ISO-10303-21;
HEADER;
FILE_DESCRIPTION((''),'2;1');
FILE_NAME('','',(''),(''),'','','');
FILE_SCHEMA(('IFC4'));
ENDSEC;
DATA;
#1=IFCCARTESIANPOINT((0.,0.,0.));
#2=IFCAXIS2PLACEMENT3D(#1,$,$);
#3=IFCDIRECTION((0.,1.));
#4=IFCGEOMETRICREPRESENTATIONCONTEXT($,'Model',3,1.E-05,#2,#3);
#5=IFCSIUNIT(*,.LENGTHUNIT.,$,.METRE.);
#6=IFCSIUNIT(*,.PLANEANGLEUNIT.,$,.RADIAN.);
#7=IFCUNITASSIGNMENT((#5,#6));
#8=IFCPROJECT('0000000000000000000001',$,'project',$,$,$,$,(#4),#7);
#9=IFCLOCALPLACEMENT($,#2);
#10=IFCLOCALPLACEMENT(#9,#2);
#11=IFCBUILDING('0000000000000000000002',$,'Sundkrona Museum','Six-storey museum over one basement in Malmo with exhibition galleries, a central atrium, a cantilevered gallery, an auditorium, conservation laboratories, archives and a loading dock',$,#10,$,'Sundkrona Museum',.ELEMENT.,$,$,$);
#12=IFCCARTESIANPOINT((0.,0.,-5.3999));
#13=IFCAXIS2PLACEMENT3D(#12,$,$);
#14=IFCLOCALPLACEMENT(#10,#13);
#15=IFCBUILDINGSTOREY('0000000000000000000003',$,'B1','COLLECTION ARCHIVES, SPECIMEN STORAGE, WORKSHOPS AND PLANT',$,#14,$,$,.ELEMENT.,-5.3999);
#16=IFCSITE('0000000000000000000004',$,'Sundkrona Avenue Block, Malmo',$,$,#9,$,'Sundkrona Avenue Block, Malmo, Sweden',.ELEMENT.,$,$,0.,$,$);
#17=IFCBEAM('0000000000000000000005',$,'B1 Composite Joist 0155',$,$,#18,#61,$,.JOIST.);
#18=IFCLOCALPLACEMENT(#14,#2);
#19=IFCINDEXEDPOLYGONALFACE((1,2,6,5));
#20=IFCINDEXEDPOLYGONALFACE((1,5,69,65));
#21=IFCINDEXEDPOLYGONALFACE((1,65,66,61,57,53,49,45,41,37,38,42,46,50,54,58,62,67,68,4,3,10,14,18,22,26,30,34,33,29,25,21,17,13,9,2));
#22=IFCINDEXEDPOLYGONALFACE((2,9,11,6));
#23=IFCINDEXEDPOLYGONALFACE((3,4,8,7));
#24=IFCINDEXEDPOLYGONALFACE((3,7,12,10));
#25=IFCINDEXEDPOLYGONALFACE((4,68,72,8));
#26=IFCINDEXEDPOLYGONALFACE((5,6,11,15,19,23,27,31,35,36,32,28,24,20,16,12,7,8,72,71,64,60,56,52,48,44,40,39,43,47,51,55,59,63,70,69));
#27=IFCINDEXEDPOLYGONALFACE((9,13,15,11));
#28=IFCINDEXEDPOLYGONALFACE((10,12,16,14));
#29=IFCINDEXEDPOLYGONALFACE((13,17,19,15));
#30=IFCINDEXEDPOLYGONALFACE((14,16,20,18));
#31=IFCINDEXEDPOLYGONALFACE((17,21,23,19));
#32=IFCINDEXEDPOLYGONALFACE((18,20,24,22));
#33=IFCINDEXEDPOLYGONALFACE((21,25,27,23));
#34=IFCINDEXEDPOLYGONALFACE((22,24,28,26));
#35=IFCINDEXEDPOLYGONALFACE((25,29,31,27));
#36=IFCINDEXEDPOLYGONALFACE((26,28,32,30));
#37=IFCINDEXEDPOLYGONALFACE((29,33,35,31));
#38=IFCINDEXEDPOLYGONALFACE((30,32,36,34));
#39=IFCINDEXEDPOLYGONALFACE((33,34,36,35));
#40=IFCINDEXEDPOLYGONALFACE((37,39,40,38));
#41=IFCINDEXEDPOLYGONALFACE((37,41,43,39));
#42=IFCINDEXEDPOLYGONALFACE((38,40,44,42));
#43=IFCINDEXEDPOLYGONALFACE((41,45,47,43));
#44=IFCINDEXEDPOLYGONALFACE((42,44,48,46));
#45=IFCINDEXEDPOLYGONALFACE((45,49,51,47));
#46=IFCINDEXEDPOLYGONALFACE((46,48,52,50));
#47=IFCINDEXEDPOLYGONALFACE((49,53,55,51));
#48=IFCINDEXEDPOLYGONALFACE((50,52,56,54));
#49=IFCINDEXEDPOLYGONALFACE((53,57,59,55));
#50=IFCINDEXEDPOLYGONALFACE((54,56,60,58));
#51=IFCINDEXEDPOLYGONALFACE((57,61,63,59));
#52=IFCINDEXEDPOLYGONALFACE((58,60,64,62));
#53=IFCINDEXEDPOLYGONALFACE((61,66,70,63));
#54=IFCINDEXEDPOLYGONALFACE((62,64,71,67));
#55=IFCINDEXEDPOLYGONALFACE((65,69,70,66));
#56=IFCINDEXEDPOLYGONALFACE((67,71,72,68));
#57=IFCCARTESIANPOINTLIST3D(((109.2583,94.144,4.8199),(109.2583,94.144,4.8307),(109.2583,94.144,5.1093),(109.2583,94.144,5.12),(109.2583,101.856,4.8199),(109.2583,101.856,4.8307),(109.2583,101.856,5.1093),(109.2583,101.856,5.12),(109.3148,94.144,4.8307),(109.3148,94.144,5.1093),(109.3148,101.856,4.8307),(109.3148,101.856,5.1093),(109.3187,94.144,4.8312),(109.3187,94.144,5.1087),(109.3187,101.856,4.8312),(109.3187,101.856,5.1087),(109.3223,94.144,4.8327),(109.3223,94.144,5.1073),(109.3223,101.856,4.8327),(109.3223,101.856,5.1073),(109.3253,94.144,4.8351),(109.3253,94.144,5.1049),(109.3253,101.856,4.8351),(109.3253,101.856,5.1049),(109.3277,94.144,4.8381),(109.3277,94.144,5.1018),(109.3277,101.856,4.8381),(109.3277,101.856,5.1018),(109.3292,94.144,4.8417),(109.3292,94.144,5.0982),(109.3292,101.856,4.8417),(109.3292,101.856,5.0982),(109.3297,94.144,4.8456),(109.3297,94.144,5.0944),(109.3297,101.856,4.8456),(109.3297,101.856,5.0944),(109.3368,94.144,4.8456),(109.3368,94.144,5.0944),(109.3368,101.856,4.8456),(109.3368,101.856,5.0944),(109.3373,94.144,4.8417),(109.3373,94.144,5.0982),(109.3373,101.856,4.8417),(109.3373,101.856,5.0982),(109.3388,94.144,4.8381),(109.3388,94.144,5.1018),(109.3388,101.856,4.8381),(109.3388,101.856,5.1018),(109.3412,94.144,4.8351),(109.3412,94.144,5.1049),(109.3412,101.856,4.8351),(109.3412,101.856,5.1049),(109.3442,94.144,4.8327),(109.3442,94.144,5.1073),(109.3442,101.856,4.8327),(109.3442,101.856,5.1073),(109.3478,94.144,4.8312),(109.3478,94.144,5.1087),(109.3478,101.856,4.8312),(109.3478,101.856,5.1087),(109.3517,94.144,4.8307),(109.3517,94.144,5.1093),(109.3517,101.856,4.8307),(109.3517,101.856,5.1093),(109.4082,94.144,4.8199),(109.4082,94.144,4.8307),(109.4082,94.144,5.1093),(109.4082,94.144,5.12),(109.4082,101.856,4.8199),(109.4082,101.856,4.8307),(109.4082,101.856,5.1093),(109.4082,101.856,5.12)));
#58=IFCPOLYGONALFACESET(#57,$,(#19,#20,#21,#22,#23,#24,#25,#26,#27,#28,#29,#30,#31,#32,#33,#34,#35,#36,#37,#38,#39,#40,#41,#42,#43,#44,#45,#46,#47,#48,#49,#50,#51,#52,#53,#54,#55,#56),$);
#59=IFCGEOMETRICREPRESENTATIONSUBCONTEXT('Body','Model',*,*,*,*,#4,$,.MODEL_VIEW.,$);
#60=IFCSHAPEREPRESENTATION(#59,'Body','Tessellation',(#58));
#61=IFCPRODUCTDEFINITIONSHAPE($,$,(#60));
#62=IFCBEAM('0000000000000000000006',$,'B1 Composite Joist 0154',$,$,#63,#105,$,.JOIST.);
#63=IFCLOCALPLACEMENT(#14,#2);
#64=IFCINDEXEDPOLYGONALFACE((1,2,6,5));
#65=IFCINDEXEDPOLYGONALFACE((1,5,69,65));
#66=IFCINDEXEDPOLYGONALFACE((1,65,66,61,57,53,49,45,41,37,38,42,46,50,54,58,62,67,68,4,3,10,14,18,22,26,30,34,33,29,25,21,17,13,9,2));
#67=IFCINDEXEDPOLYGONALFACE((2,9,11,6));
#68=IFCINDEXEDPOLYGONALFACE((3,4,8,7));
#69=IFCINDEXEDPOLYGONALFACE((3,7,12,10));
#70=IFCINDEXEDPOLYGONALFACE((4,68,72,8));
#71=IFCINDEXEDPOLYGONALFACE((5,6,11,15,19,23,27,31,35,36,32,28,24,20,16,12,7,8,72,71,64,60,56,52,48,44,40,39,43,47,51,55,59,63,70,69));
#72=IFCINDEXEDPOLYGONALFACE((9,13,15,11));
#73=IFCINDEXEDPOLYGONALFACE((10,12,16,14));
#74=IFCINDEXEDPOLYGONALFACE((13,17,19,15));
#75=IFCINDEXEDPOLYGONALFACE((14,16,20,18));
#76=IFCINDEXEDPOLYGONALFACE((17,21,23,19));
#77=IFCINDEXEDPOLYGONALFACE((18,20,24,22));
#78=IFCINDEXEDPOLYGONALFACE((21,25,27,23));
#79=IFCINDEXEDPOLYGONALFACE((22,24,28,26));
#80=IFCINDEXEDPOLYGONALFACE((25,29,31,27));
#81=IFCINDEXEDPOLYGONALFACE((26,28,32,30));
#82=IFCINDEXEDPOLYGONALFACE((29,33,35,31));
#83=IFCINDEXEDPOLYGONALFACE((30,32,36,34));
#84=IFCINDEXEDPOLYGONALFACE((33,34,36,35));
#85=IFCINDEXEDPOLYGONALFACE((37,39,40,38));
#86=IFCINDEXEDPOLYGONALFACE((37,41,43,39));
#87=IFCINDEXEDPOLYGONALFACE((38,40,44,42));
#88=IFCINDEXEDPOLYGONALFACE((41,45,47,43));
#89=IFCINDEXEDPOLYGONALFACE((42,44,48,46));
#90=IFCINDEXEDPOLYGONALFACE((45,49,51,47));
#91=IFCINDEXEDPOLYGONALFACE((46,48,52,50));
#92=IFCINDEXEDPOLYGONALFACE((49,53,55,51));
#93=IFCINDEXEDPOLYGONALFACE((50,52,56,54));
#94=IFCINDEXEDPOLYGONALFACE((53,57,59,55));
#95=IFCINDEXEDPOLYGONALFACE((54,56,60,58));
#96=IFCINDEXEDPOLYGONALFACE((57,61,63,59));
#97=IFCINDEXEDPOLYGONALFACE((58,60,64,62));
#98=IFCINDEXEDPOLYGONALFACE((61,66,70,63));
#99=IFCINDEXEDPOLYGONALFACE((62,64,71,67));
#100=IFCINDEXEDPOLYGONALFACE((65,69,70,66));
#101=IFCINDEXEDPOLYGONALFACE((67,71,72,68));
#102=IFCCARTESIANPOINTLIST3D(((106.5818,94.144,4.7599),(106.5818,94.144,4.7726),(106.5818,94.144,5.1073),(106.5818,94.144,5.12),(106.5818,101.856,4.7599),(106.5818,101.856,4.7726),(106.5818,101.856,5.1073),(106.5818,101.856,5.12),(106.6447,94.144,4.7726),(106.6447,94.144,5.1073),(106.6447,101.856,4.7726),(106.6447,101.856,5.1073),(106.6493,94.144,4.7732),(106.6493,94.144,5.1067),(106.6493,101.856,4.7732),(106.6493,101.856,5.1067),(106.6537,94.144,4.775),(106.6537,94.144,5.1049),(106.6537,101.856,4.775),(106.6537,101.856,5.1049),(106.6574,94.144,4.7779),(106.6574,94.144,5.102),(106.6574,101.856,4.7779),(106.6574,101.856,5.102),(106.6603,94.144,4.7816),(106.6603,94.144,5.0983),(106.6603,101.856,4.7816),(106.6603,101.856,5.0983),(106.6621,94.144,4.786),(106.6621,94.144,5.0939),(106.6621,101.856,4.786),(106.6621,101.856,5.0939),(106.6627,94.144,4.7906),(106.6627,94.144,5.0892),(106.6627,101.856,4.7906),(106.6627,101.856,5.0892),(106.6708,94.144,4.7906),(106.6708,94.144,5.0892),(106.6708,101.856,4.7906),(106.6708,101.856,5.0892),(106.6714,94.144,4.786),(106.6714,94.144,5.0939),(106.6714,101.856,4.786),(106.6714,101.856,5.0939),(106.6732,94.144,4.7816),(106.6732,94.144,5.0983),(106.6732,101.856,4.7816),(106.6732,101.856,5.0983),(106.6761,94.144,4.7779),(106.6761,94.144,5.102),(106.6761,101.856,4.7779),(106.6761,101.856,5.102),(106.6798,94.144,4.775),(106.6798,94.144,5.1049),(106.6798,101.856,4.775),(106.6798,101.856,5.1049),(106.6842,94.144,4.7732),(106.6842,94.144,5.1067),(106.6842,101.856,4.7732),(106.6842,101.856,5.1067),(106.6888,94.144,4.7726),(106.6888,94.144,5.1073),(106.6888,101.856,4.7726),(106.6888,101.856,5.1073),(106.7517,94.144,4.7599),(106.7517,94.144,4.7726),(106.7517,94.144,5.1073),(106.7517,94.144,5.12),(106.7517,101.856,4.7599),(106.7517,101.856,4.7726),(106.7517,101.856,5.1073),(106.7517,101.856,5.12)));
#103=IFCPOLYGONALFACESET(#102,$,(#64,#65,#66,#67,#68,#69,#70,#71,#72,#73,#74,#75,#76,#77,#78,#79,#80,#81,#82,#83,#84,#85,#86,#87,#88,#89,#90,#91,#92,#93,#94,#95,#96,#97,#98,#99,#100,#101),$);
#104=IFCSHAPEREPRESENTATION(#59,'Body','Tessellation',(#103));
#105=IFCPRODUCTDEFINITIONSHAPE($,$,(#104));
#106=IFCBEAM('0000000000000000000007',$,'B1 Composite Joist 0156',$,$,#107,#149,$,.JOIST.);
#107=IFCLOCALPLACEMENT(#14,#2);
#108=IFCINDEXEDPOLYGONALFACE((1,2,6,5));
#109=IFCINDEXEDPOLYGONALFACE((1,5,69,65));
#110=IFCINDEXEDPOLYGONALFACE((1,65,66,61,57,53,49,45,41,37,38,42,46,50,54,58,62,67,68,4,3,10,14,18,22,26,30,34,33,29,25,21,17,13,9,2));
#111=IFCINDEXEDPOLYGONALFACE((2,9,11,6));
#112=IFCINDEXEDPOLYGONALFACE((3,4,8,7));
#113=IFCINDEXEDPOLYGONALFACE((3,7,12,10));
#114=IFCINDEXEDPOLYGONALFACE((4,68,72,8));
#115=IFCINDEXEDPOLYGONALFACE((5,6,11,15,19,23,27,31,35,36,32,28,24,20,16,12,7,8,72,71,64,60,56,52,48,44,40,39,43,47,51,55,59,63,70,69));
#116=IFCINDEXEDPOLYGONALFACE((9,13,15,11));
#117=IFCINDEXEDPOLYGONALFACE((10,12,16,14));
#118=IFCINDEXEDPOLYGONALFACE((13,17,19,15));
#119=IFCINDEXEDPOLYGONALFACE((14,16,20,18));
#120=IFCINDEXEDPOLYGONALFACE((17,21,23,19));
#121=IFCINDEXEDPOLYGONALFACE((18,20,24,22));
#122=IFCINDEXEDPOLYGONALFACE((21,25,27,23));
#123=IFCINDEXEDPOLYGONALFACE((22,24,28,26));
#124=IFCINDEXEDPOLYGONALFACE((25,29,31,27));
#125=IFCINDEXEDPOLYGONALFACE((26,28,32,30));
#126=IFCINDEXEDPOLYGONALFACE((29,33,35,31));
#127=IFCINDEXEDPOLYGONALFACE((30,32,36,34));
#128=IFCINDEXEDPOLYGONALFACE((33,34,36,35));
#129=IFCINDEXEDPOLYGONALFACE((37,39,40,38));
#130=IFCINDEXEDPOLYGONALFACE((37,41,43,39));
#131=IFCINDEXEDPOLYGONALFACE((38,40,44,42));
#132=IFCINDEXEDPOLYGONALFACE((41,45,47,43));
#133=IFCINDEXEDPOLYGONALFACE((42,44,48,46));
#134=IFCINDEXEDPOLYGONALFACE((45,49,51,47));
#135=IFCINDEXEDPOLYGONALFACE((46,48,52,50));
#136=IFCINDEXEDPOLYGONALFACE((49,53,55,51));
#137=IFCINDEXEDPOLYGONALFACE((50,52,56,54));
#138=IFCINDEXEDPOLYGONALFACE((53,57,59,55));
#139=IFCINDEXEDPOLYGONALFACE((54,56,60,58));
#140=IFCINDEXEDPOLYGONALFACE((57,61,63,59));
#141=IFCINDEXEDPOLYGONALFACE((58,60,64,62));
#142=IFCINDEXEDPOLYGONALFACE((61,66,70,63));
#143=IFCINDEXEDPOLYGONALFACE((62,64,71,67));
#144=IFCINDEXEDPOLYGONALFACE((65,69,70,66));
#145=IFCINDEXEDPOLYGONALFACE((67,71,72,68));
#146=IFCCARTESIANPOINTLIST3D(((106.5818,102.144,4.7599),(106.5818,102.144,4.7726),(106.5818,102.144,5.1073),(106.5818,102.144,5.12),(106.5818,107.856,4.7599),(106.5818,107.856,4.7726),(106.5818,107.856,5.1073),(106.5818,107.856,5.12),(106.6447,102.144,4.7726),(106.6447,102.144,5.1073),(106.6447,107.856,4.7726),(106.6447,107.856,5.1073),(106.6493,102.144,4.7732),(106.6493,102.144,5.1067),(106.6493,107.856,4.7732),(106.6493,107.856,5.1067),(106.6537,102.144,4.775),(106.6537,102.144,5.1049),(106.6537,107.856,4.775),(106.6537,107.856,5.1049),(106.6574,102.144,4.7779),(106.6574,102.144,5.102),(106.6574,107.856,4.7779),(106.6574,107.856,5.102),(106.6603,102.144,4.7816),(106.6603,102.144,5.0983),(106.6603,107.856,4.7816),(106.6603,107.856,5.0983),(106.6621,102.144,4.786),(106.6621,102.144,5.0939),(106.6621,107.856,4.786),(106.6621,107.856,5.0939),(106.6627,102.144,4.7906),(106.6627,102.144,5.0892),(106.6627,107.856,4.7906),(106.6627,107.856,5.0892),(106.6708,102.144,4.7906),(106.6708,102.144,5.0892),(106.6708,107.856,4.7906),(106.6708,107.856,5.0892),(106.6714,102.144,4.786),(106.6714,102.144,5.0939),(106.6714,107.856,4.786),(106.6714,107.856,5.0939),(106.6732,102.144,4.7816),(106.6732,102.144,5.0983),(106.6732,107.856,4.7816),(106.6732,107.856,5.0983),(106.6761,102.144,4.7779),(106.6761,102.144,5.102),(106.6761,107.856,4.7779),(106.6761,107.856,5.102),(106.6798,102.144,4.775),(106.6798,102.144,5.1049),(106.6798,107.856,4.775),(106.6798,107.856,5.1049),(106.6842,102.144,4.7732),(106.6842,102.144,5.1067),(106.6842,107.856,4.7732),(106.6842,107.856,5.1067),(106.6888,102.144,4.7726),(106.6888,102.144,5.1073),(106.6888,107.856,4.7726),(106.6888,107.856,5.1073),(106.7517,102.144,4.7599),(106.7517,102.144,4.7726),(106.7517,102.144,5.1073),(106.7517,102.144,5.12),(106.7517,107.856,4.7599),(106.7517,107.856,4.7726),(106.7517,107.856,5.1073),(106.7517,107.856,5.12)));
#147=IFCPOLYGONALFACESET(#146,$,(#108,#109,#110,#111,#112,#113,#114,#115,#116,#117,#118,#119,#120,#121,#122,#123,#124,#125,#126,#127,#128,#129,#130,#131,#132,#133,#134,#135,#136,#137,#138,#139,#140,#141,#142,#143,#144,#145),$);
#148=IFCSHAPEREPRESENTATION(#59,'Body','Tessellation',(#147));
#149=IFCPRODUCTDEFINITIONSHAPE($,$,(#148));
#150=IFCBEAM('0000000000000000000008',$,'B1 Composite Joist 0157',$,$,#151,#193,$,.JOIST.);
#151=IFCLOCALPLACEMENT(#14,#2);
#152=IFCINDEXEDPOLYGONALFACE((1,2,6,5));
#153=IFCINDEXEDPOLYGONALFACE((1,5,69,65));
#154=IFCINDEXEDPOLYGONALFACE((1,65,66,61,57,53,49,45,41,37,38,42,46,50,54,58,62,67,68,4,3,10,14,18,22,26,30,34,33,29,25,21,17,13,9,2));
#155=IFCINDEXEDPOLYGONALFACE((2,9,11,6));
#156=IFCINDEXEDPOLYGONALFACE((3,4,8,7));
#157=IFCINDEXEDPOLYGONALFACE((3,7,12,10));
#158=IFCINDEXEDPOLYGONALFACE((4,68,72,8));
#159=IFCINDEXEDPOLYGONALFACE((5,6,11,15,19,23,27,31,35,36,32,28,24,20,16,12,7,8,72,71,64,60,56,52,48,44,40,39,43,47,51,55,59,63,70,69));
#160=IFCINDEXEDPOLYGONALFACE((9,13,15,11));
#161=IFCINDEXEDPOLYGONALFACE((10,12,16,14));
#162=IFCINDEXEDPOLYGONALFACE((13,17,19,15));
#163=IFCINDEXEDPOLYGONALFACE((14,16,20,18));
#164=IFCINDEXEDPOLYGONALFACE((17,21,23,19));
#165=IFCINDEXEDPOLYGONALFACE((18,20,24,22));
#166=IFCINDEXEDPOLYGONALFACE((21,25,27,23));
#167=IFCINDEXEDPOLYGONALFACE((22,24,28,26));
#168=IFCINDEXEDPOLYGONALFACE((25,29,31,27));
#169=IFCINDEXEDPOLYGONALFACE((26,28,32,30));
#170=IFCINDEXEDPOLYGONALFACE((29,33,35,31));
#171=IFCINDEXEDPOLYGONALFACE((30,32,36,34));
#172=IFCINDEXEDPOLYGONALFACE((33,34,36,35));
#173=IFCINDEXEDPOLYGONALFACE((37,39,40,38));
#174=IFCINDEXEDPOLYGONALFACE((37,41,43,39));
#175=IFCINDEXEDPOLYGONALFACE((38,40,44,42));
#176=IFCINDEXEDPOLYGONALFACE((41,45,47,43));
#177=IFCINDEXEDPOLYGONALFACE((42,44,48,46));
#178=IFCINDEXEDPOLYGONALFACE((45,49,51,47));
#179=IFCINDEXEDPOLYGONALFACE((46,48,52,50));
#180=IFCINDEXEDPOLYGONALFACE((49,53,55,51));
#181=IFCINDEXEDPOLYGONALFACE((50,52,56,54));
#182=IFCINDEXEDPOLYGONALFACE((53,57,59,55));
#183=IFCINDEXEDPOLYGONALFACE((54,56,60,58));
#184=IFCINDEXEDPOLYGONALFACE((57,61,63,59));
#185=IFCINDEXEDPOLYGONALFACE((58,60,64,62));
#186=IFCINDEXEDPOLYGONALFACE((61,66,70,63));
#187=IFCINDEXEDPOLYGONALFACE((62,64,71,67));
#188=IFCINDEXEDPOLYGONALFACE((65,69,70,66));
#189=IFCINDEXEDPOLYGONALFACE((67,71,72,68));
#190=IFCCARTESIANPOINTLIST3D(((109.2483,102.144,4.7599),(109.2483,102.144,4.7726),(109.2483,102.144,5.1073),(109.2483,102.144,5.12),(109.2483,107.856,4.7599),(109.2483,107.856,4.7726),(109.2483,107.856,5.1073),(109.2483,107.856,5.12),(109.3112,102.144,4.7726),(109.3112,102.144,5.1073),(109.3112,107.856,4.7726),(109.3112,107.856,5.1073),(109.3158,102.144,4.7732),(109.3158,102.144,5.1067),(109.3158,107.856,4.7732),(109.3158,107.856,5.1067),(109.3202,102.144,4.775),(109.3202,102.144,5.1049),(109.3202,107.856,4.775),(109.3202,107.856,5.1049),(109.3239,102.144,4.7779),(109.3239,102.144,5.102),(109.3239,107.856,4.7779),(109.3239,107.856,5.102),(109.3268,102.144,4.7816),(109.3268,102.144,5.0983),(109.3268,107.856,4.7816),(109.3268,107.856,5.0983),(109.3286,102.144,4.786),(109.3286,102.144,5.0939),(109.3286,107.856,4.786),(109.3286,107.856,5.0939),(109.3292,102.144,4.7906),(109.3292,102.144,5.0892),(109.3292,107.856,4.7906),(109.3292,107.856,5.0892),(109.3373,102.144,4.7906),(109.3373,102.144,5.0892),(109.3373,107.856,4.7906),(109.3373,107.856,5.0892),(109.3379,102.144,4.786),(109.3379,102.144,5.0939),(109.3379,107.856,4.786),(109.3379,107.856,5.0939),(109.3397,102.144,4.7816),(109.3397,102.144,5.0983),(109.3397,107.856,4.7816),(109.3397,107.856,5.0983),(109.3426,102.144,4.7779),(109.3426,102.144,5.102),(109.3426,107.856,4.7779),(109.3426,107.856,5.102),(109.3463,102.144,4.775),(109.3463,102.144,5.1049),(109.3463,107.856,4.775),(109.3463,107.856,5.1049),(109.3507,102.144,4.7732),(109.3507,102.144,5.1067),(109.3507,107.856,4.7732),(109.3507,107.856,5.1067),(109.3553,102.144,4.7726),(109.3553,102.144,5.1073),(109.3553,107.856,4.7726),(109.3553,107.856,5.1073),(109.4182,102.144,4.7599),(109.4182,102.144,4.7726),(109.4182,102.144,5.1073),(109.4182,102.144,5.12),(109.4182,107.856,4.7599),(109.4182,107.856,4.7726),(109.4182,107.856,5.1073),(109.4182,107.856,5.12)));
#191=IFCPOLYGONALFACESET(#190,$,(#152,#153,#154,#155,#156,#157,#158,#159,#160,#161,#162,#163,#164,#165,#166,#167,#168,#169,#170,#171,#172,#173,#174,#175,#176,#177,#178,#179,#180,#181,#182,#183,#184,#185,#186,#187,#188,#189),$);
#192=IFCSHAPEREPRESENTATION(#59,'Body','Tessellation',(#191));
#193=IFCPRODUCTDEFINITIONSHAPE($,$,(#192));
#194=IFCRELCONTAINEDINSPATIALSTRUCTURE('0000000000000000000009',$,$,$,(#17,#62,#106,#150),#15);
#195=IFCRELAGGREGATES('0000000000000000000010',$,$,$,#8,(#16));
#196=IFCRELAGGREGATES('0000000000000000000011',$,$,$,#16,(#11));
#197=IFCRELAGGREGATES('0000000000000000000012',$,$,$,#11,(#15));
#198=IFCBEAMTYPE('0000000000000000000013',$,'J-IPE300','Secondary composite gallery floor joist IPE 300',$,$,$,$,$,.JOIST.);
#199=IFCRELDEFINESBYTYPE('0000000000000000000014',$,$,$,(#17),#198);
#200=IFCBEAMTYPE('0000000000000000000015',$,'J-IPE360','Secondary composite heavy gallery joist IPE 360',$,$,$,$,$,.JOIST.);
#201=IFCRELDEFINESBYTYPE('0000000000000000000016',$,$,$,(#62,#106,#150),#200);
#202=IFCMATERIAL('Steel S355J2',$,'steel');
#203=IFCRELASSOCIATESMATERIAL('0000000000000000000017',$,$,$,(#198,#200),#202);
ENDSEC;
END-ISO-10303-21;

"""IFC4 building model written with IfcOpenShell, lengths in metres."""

from ifc_helpers import new_model, si_unit, direction, frame, origin, origin_2d, place, context, subcontext, project, spatial, i_section, extrude, material, material_profile, profile_set, type_object, element, save


model = new_model("IFC4")

# Units and contexts
model_context = context("Model", 3, precision=1e-05, world=origin(), true_north=direction((0.0, 1.0)))
body_context = subcontext(model_context, "Body", "Model", "MODEL_VIEW")
ifc_project = project(units=[si_unit("LENGTHUNIT", "METRE"), si_unit("PLANEANGLEUNIT", "RADIAN")], contexts=[model_context])

# Site, building, storey
site_placement = place(None, origin())
site = spatial("IfcSite", under=ifc_project, at=site_placement, Name="Sundkrona Avenue Block, Malmo", LongName="Sundkrona Avenue Block, Malmo, Sweden", CompositionType="ELEMENT", RefElevation=0.0)
building_placement = place(site_placement, origin())
building = spatial("IfcBuilding", under=site, at=building_placement, Name="Sundkrona Museum", Description="Six-storey museum over one basement in Malmo with exhibition galleries, a central atrium, a cantilevered gallery, an auditorium, conservation laboratories, archives and a loading dock", LongName="Sundkrona Museum", CompositionType="ELEMENT")
storey_placement = place(building_placement, frame((0.0, 0.0, -5.3999)))
storey = spatial("IfcBuildingStorey", under=building, at=storey_placement, Name="B1", Description="COLLECTION ARCHIVES, SPECIMEN STORAGE, WORKSHOPS AND PLANT", CompositionType="ELEMENT", Elevation=-5.3999)

# Beams
ifc_material_1 = material(Name="Steel S355J2", Category="steel")
ifc_material_profile_1 = material_profile(ifc_material_1, i_section(OverallWidth=0.1499, OverallDepth=0.3, WebThickness=0.0071, FlangeThickness=0.0107, FilletRadius=0.0149, at=origin_2d()), Name="IPE 300")
ifc_profile_set_1 = profile_set([ifc_material_profile_1], Name="Steel S355J2")
beam_type_1 = type_object("IfcBeamType", Name="J-IPE300", Description="Secondary composite gallery floor joist IPE 300", PredefinedType="JOIST", material=ifc_profile_set_1)
beam_1_placement = place(storey_placement, frame((109.3333, 94.144, 4.97), z_axis=(0.0, 1.0, 0.0), x_axis=(-1.0, 0.0, 0.0)))
element("IfcBeam", 1, at=beam_1_placement, inside=storey, type_object=beam_type_1, Name="B1 Composite Joist 0155", PredefinedType="JOIST", context=body_context, shape_type="SweptSolid", body=[
    extrude(i_section(OverallWidth=0.1499, OverallDepth=0.3, WebThickness=0.0071, FlangeThickness=0.0107, FilletRadius=0.0149, at=origin_2d()), origin(), (0.0, 0.0, 1.0), 7.7119),
])
ifc_material_profile_2 = material_profile(ifc_material_1, i_section(OverallWidth=0.1699, OverallDepth=0.3601, WebThickness=0.0081, FlangeThickness=0.0127, FilletRadius=0.0181, at=origin_2d()), Name="IPE 360")
ifc_profile_set_2 = profile_set([ifc_material_profile_2], Name="Steel S355J2")
beam_type_2 = type_object("IfcBeamType", Name="J-IPE360", Description="Secondary composite heavy gallery joist IPE 360", PredefinedType="JOIST", material=ifc_profile_set_2)
beam_2_placement = place(storey_placement, frame((106.6667, 94.144, 4.9399), z_axis=(0.0, 1.0, 0.0), x_axis=(-1.0, 0.0, 0.0)))
element("IfcBeam", 2, at=beam_2_placement, inside=storey, type_object=beam_type_2, Name="B1 Composite Joist 0154", PredefinedType="JOIST", context=body_context, shape_type="SweptSolid", body=[
    extrude(i_section(OverallWidth=0.1699, OverallDepth=0.3601, WebThickness=0.0081, FlangeThickness=0.0127, FilletRadius=0.0181, at=origin_2d()), origin(), (0.0, 0.0, 1.0), 7.7119),
])
for number, where, z_axis, x_axis, name in (
    (3, (106.6667, 102.144, 4.9399), (0.0, 1.0, 0.0), (-1.0, 0.0, 0.0), "B1 Composite Joist 0156"),
    (4, (109.3333, 102.144, 4.9399), (0.0, 1.0, 0.0), (-1.0, 0.0, 0.0), "B1 Composite Joist 0157"),
):
    element("IfcBeam", number, at=place(storey_placement, frame(where, z_axis=z_axis, x_axis=x_axis)), inside=storey, type_object=beam_type_2, Name=name, PredefinedType="JOIST", context=body_context, shape_type="SweptSolid", body=[
        extrude(i_section(OverallWidth=0.1699, OverallDepth=0.3601, WebThickness=0.0081, FlangeThickness=0.0127, FilletRadius=0.0181, at=origin_2d()), origin(), (0.0, 0.0, 1.0), 5.7119),
    ])

save(model, "model.ifc")
